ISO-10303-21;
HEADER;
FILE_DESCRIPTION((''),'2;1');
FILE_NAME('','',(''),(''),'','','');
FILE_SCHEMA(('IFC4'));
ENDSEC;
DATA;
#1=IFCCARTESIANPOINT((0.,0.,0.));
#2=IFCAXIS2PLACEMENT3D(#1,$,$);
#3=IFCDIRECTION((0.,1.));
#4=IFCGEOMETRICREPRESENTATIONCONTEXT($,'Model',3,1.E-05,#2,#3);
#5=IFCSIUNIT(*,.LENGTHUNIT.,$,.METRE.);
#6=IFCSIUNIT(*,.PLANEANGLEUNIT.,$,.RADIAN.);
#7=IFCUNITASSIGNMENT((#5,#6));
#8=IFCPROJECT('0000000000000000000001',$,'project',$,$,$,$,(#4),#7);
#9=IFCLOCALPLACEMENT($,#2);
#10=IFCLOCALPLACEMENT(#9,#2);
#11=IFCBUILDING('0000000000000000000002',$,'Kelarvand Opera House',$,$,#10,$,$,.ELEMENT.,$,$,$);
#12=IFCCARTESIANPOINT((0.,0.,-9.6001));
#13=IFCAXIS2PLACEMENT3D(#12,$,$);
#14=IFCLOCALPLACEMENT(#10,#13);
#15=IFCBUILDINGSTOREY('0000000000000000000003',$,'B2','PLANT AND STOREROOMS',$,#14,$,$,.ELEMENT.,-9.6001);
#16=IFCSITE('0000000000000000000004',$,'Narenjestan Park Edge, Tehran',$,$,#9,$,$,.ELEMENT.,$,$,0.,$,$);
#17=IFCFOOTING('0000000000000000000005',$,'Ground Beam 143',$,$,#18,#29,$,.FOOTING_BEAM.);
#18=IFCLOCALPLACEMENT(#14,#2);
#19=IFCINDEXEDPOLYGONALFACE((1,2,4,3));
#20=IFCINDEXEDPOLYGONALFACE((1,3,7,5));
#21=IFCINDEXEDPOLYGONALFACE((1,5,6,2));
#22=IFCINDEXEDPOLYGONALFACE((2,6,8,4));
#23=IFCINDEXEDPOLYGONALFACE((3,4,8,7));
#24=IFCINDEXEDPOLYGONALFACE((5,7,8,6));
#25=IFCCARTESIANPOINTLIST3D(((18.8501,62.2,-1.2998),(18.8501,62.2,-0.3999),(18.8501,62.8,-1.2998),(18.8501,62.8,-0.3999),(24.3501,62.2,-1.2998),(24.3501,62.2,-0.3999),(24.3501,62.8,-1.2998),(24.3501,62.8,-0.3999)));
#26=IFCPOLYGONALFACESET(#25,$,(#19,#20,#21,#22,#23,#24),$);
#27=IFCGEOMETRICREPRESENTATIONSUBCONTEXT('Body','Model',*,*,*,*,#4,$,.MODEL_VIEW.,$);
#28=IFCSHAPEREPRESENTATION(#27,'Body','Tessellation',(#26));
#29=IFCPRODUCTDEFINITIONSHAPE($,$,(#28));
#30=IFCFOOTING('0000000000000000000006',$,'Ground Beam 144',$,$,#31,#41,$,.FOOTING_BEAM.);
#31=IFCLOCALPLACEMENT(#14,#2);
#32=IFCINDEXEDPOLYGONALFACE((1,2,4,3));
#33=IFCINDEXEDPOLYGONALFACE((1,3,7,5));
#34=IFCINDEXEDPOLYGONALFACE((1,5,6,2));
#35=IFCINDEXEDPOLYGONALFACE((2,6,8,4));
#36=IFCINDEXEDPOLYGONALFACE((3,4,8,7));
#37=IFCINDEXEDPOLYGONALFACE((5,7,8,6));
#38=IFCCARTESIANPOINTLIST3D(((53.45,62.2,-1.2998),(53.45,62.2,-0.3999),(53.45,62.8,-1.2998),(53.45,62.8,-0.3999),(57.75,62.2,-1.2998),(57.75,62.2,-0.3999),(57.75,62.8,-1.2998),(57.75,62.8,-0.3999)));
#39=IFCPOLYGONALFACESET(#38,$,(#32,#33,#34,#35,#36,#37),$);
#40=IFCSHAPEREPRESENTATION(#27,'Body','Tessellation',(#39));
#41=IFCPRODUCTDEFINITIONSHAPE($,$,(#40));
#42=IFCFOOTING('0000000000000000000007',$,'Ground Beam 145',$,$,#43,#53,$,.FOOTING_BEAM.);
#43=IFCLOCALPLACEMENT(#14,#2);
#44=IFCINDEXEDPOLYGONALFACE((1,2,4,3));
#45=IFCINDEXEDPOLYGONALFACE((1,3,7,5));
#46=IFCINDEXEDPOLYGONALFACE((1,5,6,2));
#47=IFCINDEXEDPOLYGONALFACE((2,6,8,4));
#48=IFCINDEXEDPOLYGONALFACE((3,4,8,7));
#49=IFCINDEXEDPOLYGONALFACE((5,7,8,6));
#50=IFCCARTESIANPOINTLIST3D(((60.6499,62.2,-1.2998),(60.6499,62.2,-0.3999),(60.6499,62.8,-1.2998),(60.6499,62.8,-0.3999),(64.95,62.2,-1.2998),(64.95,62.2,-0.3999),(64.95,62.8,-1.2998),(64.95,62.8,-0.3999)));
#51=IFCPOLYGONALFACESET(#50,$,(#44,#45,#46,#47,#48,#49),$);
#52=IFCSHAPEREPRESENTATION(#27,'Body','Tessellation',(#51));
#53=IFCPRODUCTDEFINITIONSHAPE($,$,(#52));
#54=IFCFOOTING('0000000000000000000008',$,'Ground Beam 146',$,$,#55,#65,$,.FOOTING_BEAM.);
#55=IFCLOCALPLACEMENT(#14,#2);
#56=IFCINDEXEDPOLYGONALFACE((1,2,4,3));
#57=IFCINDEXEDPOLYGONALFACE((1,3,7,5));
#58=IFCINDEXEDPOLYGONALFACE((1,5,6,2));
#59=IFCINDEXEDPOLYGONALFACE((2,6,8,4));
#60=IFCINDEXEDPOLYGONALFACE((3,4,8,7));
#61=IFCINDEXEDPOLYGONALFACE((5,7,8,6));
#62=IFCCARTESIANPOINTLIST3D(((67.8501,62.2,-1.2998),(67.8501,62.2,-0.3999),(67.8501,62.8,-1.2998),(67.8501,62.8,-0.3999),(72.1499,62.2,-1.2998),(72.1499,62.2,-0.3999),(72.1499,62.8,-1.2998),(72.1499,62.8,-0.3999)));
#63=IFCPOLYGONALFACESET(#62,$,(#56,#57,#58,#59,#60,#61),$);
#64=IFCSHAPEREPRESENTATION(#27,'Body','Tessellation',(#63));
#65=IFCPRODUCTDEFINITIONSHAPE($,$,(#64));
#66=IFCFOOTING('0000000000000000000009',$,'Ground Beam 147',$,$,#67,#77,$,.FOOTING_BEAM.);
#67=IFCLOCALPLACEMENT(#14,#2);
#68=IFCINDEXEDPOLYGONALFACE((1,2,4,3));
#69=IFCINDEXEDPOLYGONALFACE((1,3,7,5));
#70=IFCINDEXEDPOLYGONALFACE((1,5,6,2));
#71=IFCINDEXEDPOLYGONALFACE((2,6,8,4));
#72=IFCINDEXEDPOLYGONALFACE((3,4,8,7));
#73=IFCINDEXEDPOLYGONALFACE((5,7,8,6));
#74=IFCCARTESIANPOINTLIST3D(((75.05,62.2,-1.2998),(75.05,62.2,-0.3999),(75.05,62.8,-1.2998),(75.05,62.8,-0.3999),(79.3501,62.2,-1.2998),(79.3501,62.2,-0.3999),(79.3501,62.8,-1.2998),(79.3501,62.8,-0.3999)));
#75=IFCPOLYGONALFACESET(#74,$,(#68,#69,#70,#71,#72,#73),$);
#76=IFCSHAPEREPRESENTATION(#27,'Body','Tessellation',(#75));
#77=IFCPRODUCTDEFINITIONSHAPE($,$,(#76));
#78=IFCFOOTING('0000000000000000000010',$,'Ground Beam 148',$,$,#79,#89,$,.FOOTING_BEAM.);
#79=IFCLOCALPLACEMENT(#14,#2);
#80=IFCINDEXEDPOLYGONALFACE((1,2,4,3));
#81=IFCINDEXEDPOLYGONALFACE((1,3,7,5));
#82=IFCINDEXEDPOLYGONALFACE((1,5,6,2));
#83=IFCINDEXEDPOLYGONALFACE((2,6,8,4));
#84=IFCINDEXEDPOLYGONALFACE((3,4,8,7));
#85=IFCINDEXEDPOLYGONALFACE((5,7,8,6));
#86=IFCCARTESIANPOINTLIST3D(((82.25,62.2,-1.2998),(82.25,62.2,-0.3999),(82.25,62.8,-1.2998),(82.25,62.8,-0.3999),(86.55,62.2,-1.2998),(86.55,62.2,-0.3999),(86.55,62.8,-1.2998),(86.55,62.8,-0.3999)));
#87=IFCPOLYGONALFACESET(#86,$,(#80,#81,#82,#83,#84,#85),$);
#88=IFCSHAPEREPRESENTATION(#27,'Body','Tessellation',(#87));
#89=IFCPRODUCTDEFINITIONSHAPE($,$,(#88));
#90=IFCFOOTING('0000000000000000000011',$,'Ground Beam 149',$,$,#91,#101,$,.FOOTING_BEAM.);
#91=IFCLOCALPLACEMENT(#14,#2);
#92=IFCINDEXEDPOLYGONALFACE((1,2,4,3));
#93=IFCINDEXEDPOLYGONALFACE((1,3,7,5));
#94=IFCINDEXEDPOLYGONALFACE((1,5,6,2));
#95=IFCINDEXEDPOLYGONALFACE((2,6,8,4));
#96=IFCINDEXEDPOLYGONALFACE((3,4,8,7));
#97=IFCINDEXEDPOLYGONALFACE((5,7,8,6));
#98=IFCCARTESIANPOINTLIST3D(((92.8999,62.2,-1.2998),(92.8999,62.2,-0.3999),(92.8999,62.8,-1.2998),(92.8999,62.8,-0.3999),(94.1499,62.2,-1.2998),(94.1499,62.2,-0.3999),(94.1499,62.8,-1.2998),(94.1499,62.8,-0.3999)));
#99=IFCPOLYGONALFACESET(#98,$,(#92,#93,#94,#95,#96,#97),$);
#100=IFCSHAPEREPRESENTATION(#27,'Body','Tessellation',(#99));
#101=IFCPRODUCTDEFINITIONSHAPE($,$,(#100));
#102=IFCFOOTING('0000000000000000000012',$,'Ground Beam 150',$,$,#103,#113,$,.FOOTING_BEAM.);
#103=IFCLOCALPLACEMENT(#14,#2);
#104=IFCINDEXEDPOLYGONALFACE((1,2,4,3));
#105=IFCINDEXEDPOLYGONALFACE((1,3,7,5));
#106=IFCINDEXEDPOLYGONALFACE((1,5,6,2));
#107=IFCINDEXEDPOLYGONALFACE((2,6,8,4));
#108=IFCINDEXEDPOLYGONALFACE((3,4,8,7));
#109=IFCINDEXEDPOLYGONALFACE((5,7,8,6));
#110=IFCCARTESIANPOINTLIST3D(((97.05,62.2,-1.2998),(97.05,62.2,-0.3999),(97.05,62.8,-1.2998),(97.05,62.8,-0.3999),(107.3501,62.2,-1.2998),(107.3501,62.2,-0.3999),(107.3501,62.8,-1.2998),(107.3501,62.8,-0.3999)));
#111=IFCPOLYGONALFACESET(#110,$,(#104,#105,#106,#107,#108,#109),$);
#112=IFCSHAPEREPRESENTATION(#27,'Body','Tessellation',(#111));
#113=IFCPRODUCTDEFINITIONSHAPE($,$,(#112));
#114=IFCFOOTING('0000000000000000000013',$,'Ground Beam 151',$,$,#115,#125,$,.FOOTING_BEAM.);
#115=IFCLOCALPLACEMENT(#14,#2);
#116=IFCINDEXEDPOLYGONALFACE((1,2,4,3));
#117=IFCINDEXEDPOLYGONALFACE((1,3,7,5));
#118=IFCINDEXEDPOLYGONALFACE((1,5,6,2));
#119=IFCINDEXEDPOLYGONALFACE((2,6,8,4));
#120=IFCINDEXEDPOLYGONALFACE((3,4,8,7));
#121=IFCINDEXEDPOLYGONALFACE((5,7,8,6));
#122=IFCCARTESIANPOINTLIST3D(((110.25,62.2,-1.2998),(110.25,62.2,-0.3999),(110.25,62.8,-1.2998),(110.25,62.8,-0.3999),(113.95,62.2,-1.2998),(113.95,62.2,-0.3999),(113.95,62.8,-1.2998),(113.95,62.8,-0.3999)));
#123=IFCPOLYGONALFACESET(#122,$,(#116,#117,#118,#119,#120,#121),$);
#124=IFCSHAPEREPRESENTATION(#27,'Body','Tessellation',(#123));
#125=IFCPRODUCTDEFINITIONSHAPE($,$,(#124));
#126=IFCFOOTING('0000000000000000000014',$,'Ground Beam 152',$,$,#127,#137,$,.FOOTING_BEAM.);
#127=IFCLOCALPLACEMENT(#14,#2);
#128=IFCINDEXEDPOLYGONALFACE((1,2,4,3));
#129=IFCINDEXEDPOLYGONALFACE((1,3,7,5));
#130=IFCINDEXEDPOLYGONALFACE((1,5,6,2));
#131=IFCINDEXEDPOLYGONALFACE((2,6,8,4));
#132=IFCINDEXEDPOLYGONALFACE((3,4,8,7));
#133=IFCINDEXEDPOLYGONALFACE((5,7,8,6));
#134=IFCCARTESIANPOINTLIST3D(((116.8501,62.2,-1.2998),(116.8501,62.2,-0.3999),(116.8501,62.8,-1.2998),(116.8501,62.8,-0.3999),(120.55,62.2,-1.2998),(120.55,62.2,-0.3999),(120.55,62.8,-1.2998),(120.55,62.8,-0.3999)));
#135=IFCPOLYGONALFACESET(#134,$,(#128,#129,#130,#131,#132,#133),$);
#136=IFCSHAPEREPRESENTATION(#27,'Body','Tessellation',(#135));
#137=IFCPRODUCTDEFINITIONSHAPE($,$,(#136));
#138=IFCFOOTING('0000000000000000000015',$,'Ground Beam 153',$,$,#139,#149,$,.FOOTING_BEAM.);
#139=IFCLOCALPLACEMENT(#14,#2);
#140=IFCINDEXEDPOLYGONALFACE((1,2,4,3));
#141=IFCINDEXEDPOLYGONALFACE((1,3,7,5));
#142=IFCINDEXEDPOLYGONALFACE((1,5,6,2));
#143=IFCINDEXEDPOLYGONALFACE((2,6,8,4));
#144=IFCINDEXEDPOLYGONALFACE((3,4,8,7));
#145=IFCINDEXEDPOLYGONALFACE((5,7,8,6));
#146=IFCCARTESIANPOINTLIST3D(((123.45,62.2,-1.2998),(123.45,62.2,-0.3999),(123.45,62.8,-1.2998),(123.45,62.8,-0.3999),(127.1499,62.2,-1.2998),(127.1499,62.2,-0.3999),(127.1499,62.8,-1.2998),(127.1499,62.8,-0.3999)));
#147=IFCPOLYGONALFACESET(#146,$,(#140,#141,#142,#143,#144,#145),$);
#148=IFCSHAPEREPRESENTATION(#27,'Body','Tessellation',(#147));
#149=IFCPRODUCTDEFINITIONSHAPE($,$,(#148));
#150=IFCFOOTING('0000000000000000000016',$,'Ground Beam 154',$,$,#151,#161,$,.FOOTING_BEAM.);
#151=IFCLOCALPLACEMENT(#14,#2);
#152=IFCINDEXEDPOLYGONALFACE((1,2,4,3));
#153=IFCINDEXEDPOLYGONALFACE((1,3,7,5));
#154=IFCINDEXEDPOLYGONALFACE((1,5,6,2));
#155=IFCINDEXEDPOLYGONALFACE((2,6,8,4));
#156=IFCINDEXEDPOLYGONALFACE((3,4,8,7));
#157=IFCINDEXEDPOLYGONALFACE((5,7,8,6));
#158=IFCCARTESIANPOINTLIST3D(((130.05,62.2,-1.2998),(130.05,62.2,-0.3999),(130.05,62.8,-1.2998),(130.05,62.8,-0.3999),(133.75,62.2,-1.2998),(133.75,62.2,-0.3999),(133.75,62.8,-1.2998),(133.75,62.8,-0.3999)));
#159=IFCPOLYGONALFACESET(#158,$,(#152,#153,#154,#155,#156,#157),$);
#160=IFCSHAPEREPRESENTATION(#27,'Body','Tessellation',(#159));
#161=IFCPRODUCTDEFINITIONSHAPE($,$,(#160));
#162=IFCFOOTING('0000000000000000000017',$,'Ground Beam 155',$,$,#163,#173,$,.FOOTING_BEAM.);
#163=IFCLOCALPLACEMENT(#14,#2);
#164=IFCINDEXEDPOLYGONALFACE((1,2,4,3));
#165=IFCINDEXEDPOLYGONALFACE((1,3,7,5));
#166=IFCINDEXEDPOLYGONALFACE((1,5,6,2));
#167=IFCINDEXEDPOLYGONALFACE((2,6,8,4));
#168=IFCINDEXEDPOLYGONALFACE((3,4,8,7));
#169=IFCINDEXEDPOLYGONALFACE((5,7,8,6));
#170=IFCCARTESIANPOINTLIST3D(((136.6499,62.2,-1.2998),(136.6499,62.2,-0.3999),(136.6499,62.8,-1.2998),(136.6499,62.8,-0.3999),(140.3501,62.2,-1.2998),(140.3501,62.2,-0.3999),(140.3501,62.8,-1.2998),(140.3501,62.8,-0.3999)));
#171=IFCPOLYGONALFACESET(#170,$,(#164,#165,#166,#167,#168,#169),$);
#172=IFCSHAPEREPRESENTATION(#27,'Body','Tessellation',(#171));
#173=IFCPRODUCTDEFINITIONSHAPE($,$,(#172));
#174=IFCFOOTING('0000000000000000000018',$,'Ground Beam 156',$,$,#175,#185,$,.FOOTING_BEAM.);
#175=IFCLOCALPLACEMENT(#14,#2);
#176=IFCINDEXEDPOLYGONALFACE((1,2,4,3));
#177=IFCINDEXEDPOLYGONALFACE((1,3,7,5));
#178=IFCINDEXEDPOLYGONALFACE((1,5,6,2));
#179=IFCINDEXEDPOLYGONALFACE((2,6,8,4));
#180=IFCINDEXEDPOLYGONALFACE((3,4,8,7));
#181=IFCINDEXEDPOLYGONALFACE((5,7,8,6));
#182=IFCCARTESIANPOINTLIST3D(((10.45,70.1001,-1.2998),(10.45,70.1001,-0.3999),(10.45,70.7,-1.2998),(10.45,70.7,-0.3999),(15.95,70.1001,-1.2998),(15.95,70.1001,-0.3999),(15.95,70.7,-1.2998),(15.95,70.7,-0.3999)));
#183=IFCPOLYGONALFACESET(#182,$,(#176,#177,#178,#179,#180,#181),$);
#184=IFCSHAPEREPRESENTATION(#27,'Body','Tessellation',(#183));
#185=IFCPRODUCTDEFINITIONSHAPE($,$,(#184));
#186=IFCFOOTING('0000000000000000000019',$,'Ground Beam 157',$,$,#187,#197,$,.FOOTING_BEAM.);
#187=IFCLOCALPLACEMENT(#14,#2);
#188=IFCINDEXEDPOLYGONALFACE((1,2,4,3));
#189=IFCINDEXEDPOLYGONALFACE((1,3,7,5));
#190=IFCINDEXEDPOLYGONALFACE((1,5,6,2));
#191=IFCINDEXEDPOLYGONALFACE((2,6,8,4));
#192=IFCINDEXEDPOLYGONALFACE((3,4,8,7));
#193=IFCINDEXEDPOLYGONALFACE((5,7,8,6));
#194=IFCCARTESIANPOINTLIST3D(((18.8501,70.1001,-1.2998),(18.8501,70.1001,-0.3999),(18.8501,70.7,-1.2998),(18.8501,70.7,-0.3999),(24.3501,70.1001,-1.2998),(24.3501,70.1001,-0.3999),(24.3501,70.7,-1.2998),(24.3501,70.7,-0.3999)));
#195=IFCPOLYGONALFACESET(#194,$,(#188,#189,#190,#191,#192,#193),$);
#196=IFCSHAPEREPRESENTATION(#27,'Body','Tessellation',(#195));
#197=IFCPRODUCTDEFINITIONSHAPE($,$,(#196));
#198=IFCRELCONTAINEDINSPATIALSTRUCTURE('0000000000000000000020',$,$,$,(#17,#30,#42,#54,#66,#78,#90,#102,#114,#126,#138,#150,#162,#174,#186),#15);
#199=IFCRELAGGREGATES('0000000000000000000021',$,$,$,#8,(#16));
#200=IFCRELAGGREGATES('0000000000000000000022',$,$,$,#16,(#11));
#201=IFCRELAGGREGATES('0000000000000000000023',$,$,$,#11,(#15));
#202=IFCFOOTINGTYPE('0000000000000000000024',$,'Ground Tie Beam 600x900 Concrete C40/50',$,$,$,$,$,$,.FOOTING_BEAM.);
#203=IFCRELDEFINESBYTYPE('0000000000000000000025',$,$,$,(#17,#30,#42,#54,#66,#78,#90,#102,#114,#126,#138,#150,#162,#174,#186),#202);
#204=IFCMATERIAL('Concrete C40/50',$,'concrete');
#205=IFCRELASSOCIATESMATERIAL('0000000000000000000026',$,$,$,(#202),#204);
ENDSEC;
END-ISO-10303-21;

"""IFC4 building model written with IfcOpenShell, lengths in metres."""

from ifc_helpers import new_model, si_unit, direction, frame, origin, place, context, subcontext, project, spatial, polyline, outline, extrude, material, type_object, element, save


model = new_model("IFC4")

# Units and contexts
model_context = context("Model", 3, precision=1e-05, world=origin(), true_north=direction((0.0, 1.0)))
body_context = subcontext(model_context, "Body", "Model", "MODEL_VIEW")
ifc_project = project(units=[si_unit("LENGTHUNIT", "METRE"), si_unit("PLANEANGLEUNIT", "RADIAN")], contexts=[model_context])

# Site, building, storey
site_placement = place(None, origin())
site = spatial("IfcSite", under=ifc_project, at=site_placement, Name="Narenjestan Park Edge, Tehran", CompositionType="ELEMENT", RefElevation=0.0)
building_placement = place(site_placement, origin())
building = spatial("IfcBuilding", under=site, at=building_placement, Name="Kelarvand Opera House", CompositionType="ELEMENT")
storey_placement = place(building_placement, frame((0.0, 0.0, -9.6001)))
storey = spatial("IfcBuildingStorey", under=building, at=storey_placement, Name="B2", Description="PLANT AND STOREROOMS", CompositionType="ELEMENT", Elevation=-9.6001)

# Footings
ifc_material = material(Name="Concrete C40/50", Category="concrete")
footing_type = type_object("IfcFootingType", Name="Ground Tie Beam 600x900 Concrete C40/50", PredefinedType="FOOTING_BEAM", material=ifc_material)
footing_1_placement = place(storey_placement, frame((0.0, 0.0, -1.2998)))
element("IfcFooting", 1, at=footing_1_placement, inside=storey, type_object=footing_type, Name="Ground Beam 143", PredefinedType="FOOTING_BEAM", context=body_context, shape_type="SweptSolid", body=[
    extrude(outline(polyline([(18.8501, 62.2), (24.3501, 62.2), (24.3501, 62.8), (18.8501, 62.8), (18.8501, 62.2)])), origin(), (0.0, 0.0, 1.0), 0.8999),
])
footing_2_placement = place(storey_placement, frame((0.0, 0.0, -1.2998)))
element("IfcFooting", 2, at=footing_2_placement, inside=storey, type_object=footing_type, Name="Ground Beam 144", PredefinedType="FOOTING_BEAM", context=body_context, shape_type="SweptSolid", body=[
    extrude(outline(polyline([(53.45, 62.2), (57.75, 62.2), (57.75, 62.8), (53.45, 62.8), (53.45, 62.2)])), origin(), (0.0, 0.0, 1.0), 0.8999),
])
footing_3_placement = place(storey_placement, frame((0.0, 0.0, -1.2998)))
element("IfcFooting", 3, at=footing_3_placement, inside=storey, type_object=footing_type, Name="Ground Beam 145", PredefinedType="FOOTING_BEAM", context=body_context, shape_type="SweptSolid", body=[
    extrude(outline(polyline([(60.6499, 62.2), (64.95, 62.2), (64.95, 62.8), (60.6499, 62.8), (60.6499, 62.2)])), origin(), (0.0, 0.0, 1.0), 0.8999),
])
footing_4_placement = place(storey_placement, frame((0.0, 0.0, -1.2998)))
element("IfcFooting", 4, at=footing_4_placement, inside=storey, type_object=footing_type, Name="Ground Beam 146", PredefinedType="FOOTING_BEAM", context=body_context, shape_type="SweptSolid", body=[
    extrude(outline(polyline([(67.8501, 62.2), (72.1499, 62.2), (72.1499, 62.8), (67.8501, 62.8), (67.8501, 62.2)])), origin(), (0.0, 0.0, 1.0), 0.8999),
])
footing_5_placement = place(storey_placement, frame((0.0, 0.0, -1.2998)))
element("IfcFooting", 5, at=footing_5_placement, inside=storey, type_object=footing_type, Name="Ground Beam 147", PredefinedType="FOOTING_BEAM", context=body_context, shape_type="SweptSolid", body=[
    extrude(outline(polyline([(75.05, 62.2), (79.3501, 62.2), (79.3501, 62.8), (75.05, 62.8), (75.05, 62.2)])), origin(), (0.0, 0.0, 1.0), 0.8999),
])
footing_6_placement = place(storey_placement, frame((0.0, 0.0, -1.2998)))
element("IfcFooting", 6, at=footing_6_placement, inside=storey, type_object=footing_type, Name="Ground Beam 148", PredefinedType="FOOTING_BEAM", context=body_context, shape_type="SweptSolid", body=[
    extrude(outline(polyline([(82.25, 62.2), (86.55, 62.2), (86.55, 62.8), (82.25, 62.8), (82.25, 62.2)])), origin(), (0.0, 0.0, 1.0), 0.8999),
])
footing_7_placement = place(storey_placement, frame((0.0, 0.0, -1.2998)))
element("IfcFooting", 7, at=footing_7_placement, inside=storey, type_object=footing_type, Name="Ground Beam 149", PredefinedType="FOOTING_BEAM", context=body_context, shape_type="SweptSolid", body=[
    extrude(outline(polyline([(92.8999, 62.2), (94.1499, 62.2), (94.1499, 62.8), (92.8999, 62.8), (92.8999, 62.2)])), origin(), (0.0, 0.0, 1.0), 0.8999),
])
footing_8_placement = place(storey_placement, frame((0.0, 0.0, -1.2998)))
element("IfcFooting", 8, at=footing_8_placement, inside=storey, type_object=footing_type, Name="Ground Beam 150", PredefinedType="FOOTING_BEAM", context=body_context, shape_type="SweptSolid", body=[
    extrude(outline(polyline([(97.05, 62.2), (107.3501, 62.2), (107.3501, 62.8), (97.05, 62.8), (97.05, 62.2)])), origin(), (0.0, 0.0, 1.0), 0.8999),
])
footing_9_placement = place(storey_placement, frame((0.0, 0.0, -1.2998)))
element("IfcFooting", 9, at=footing_9_placement, inside=storey, type_object=footing_type, Name="Ground Beam 151", PredefinedType="FOOTING_BEAM", context=body_context, shape_type="SweptSolid", body=[
    extrude(outline(polyline([(110.25, 62.2), (113.95, 62.2), (113.95, 62.8), (110.25, 62.8), (110.25, 62.2)])), origin(), (0.0, 0.0, 1.0), 0.8999),
])
footing_10_placement = place(storey_placement, frame((0.0, 0.0, -1.2998)))
element("IfcFooting", 10, at=footing_10_placement, inside=storey, type_object=footing_type, Name="Ground Beam 152", PredefinedType="FOOTING_BEAM", context=body_context, shape_type="SweptSolid", body=[
    extrude(outline(polyline([(116.8501, 62.2), (120.55, 62.2), (120.55, 62.8), (116.8501, 62.8), (116.8501, 62.2)])), origin(), (0.0, 0.0, 1.0), 0.8999),
])
footing_11_placement = place(storey_placement, frame((0.0, 0.0, -1.2998)))
element("IfcFooting", 11, at=footing_11_placement, inside=storey, type_object=footing_type, Name="Ground Beam 153", PredefinedType="FOOTING_BEAM", context=body_context, shape_type="SweptSolid", body=[
    extrude(outline(polyline([(123.45, 62.2), (127.1499, 62.2), (127.1499, 62.8), (123.45, 62.8), (123.45, 62.2)])), origin(), (0.0, 0.0, 1.0), 0.8999),
])
footing_12_placement = place(storey_placement, frame((0.0, 0.0, -1.2998)))
element("IfcFooting", 12, at=footing_12_placement, inside=storey, type_object=footing_type, Name="Ground Beam 154", PredefinedType="FOOTING_BEAM", context=body_context, shape_type="SweptSolid", body=[
    extrude(outline(polyline([(130.05, 62.2), (133.75, 62.2), (133.75, 62.8), (130.05, 62.8), (130.05, 62.2)])), origin(), (0.0, 0.0, 1.0), 0.8999),
])
footing_13_placement = place(storey_placement, frame((0.0, 0.0, -1.2998)))
element("IfcFooting", 13, at=footing_13_placement, inside=storey, type_object=footing_type, Name="Ground Beam 155", PredefinedType="FOOTING_BEAM", context=body_context, shape_type="SweptSolid", body=[
    extrude(outline(polyline([(136.6499, 62.2), (140.3501, 62.2), (140.3501, 62.8), (136.6499, 62.8), (136.6499, 62.2)])), origin(), (0.0, 0.0, 1.0), 0.8999),
])
footing_14_placement = place(storey_placement, frame((0.0, 0.0, -1.2998)))
element("IfcFooting", 14, at=footing_14_placement, inside=storey, type_object=footing_type, Name="Ground Beam 156", PredefinedType="FOOTING_BEAM", context=body_context, shape_type="SweptSolid", body=[
    extrude(outline(polyline([(10.45, 70.1001), (15.95, 70.1001), (15.95, 70.7), (10.45, 70.7), (10.45, 70.1001)])), origin(), (0.0, 0.0, 1.0), 0.8999),
])
footing_15_placement = place(storey_placement, frame((0.0, 0.0, -1.2998)))
element("IfcFooting", 15, at=footing_15_placement, inside=storey, type_object=footing_type, Name="Ground Beam 157", PredefinedType="FOOTING_BEAM", context=body_context, shape_type="SweptSolid", body=[
    extrude(outline(polyline([(18.8501, 70.1001), (24.3501, 70.1001), (24.3501, 70.7), (18.8501, 70.7), (18.8501, 70.1001)])), origin(), (0.0, 0.0, 1.0), 0.8999),
])

save(model, "model.ifc")
